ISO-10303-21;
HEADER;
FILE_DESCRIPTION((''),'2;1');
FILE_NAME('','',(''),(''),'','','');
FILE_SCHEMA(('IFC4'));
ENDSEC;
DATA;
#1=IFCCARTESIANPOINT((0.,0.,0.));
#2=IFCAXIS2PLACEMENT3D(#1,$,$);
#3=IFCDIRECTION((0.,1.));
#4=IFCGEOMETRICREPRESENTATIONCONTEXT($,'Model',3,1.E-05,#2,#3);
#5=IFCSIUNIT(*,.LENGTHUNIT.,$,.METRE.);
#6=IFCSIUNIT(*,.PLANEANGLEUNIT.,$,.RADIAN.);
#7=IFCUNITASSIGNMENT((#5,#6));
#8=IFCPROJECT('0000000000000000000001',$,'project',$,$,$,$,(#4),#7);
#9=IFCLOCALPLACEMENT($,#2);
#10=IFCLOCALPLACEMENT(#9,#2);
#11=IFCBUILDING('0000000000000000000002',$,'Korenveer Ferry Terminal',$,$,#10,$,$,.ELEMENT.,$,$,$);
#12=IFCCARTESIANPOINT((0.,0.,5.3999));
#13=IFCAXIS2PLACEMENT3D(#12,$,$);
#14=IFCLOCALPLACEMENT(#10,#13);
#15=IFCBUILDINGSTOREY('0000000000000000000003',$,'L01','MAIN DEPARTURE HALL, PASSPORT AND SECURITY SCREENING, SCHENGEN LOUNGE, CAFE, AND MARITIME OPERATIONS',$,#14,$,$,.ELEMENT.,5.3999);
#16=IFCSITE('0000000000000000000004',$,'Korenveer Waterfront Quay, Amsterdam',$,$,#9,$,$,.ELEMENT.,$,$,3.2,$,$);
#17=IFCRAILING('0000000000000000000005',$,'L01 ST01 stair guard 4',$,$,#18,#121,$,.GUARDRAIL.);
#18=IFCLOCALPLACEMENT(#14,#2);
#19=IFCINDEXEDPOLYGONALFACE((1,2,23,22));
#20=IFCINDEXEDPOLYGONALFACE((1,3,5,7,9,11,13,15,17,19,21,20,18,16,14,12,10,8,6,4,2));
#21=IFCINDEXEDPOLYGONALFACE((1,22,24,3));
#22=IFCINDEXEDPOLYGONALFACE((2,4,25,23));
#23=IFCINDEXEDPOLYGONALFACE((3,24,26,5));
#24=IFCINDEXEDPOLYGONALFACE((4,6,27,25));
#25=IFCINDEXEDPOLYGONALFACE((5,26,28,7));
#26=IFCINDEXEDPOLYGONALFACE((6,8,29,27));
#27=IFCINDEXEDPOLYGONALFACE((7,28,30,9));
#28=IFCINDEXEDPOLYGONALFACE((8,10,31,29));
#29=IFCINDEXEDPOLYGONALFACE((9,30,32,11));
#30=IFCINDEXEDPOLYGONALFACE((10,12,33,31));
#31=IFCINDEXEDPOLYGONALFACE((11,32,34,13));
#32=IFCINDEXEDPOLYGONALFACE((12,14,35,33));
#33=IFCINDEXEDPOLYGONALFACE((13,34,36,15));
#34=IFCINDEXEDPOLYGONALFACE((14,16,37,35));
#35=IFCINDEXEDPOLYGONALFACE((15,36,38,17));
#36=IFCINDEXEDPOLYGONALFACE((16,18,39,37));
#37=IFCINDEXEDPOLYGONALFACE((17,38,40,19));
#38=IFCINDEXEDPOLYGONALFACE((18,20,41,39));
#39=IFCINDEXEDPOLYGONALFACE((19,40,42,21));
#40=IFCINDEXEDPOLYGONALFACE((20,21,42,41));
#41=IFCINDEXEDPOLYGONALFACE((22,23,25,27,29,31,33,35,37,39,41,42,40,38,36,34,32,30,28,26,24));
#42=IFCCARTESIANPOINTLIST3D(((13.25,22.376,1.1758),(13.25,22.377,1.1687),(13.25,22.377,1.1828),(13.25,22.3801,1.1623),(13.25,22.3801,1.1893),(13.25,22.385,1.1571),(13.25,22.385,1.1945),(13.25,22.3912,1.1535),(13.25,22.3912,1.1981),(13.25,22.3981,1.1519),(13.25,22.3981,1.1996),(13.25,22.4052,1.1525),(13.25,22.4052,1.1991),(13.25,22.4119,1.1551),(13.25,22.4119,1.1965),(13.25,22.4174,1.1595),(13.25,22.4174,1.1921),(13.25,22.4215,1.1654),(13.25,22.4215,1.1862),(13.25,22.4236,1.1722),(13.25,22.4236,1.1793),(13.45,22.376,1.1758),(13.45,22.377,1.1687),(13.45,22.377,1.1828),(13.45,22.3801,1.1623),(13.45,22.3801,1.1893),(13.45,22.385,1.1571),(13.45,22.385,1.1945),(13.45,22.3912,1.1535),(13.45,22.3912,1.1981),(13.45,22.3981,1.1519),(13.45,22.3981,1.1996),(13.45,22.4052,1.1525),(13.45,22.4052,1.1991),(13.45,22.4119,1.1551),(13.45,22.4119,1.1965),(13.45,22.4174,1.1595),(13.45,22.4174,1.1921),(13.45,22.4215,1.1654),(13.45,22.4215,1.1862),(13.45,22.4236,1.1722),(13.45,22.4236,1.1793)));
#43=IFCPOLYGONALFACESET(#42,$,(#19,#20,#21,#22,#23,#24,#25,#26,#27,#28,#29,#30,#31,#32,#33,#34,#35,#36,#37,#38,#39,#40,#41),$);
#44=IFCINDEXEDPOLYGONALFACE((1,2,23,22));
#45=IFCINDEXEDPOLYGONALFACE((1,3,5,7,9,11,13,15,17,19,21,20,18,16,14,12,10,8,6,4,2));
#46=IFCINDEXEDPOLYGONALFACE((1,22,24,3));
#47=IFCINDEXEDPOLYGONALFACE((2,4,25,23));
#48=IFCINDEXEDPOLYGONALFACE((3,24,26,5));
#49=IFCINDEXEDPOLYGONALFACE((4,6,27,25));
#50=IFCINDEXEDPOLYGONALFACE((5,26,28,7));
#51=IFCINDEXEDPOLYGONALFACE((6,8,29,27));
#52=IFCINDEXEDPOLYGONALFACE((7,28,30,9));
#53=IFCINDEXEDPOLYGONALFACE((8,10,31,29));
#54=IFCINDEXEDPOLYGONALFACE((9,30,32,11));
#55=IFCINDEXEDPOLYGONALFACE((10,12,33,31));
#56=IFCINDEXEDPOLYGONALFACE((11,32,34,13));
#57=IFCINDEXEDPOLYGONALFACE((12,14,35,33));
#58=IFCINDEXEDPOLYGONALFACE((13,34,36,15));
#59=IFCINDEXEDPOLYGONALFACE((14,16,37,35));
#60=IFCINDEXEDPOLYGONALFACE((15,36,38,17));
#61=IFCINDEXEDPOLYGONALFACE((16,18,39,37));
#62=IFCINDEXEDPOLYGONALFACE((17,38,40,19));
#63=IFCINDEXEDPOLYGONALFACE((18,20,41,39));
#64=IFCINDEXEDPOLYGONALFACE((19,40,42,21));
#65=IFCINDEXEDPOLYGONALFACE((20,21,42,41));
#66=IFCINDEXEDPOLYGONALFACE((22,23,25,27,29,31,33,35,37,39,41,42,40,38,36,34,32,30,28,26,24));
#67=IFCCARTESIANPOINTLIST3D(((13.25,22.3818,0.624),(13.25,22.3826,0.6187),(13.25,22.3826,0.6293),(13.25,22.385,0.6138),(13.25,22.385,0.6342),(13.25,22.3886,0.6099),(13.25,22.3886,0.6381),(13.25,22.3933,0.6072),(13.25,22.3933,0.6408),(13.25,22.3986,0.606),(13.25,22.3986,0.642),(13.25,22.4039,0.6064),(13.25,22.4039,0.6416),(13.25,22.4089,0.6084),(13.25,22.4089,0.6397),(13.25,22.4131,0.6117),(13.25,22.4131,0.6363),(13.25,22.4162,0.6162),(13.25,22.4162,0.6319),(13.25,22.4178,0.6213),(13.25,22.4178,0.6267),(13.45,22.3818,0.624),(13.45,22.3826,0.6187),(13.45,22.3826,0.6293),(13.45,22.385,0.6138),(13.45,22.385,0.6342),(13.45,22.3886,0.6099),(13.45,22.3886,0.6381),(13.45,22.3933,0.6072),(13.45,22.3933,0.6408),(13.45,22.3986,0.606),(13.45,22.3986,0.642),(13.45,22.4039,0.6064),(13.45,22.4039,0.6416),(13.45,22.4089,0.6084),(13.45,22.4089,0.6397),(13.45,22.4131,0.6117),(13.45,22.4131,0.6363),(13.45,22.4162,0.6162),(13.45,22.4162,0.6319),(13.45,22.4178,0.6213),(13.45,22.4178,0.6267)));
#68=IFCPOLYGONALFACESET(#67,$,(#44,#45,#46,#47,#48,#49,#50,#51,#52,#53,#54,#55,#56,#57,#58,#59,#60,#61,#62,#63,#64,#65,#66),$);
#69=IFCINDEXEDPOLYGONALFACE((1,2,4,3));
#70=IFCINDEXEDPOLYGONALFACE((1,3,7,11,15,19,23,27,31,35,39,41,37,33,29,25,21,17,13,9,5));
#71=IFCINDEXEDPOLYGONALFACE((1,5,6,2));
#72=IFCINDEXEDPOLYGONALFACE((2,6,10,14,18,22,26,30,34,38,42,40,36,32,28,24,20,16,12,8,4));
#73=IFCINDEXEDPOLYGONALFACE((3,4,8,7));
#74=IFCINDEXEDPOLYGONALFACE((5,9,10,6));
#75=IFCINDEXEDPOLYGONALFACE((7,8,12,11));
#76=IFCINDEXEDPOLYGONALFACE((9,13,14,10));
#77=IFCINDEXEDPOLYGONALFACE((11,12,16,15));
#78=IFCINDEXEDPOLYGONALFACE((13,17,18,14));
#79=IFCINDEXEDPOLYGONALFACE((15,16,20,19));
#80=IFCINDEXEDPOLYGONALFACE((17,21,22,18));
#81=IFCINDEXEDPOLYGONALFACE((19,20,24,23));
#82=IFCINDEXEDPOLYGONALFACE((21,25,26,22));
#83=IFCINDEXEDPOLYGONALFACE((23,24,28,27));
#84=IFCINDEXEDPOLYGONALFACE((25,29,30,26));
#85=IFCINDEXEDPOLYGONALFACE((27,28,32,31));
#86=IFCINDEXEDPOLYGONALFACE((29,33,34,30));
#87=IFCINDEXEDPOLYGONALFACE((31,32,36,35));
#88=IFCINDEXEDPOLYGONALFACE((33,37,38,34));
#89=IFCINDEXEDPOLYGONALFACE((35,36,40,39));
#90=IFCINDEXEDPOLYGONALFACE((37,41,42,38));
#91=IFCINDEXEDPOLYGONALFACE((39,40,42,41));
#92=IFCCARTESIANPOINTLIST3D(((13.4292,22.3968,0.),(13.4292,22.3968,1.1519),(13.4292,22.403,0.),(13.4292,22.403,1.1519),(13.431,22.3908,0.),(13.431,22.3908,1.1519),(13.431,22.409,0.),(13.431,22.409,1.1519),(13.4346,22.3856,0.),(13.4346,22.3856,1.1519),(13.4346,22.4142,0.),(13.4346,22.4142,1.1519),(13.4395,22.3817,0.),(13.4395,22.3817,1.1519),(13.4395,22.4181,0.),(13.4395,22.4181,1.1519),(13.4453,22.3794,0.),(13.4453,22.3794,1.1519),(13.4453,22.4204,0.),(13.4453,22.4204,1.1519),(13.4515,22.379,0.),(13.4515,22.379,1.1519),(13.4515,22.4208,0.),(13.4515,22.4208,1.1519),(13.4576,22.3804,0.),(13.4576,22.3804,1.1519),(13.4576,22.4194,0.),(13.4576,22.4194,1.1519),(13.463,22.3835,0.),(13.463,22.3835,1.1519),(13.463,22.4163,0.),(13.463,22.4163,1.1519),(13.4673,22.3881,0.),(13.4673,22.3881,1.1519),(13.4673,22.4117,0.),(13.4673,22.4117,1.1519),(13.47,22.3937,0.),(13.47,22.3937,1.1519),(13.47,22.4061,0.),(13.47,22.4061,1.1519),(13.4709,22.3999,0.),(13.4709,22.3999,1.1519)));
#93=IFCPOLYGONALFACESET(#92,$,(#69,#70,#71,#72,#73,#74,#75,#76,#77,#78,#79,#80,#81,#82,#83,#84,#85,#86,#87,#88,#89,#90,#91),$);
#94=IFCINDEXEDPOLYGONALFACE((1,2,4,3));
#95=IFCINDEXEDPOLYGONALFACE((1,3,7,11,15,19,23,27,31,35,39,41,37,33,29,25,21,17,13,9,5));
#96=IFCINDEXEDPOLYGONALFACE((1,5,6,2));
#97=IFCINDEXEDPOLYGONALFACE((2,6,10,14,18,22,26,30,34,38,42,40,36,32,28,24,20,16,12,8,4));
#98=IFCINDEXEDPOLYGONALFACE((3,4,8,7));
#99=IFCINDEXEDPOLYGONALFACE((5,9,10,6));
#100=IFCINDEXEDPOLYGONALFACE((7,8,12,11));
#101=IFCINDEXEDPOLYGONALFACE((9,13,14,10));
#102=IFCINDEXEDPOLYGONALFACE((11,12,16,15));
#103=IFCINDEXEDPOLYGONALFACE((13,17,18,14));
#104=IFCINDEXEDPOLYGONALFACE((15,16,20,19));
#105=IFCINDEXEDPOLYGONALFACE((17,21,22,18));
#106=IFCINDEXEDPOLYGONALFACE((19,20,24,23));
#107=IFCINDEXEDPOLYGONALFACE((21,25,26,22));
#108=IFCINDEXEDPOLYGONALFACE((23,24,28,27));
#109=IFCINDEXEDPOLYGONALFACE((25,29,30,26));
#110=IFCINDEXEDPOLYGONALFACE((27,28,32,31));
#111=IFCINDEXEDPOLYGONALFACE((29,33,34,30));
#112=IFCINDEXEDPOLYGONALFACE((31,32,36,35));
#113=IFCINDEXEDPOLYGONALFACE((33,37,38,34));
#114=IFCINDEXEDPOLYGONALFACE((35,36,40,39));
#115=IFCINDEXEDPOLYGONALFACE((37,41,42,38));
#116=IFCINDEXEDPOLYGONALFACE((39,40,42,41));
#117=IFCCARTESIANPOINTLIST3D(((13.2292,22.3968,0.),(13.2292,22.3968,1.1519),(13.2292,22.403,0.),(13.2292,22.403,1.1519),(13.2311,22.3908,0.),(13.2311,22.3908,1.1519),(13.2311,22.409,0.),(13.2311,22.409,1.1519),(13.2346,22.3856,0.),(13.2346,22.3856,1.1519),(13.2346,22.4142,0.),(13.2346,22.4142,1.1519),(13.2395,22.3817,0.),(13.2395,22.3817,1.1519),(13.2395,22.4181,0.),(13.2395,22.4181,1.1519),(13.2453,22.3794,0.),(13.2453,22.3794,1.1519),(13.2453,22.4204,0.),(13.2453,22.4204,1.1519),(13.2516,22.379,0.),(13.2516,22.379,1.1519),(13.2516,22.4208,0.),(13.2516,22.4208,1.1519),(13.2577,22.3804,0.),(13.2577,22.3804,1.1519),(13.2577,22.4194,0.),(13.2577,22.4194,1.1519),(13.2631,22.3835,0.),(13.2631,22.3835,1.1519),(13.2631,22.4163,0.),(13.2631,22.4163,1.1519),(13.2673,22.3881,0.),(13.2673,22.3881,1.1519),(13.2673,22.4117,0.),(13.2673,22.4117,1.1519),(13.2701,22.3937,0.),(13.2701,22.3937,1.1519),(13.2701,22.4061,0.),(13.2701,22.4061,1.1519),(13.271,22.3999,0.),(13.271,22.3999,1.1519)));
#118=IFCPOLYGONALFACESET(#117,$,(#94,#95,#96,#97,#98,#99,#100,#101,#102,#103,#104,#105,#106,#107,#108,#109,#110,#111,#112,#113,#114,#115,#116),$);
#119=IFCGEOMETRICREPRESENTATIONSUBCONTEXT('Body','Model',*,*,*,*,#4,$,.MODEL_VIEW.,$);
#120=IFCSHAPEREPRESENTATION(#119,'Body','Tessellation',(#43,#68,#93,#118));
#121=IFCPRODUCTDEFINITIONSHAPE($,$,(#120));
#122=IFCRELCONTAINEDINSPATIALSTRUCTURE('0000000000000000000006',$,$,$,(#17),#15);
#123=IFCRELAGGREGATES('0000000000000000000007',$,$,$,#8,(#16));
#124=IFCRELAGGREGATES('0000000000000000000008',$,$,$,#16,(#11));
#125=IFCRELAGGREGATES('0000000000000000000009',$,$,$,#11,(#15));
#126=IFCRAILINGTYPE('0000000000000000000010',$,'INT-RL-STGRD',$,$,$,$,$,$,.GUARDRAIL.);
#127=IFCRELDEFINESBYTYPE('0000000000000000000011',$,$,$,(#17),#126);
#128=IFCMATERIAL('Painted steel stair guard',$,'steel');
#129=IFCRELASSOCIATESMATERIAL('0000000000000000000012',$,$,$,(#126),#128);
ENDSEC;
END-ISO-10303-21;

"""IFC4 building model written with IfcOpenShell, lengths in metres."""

from ifc_helpers import new_model, si_unit, direction, frame, origin, origin_2d, place, context, subcontext, project, spatial, circle, extrude, material, type_object, element, save


model = new_model("IFC4")

# Units and contexts
model_context = context("Model", 3, precision=1e-05, world=origin(), true_north=direction((0.0, 1.0)))
body_context = subcontext(model_context, "Body", "Model", "MODEL_VIEW")
ifc_project = project(units=[si_unit("LENGTHUNIT", "METRE"), si_unit("PLANEANGLEUNIT", "RADIAN")], contexts=[model_context])

# Site, building, storey
site_placement = place(None, origin())
site = spatial("IfcSite", under=ifc_project, at=site_placement, Name="Korenveer Waterfront Quay, Amsterdam", CompositionType="ELEMENT", RefElevation=3.2)
building_placement = place(site_placement, origin())
building = spatial("IfcBuilding", under=site, at=building_placement, Name="Korenveer Ferry Terminal", CompositionType="ELEMENT")
storey_placement = place(building_placement, frame((0.0, 0.0, 5.3999)))
storey = spatial("IfcBuildingStorey", under=building, at=storey_placement, Name="L01", Description="MAIN DEPARTURE HALL, PASSPORT AND SECURITY SCREENING, SCHENGEN LOUNGE, CAFE, AND MARITIME OPERATIONS", CompositionType="ELEMENT", Elevation=5.3999)

# Railing
ifc_material_1 = material(Name="Painted steel stair guard", Category="steel")
railing_type_1 = type_object("IfcRailingType", Name="INT-RL-STGRD", PredefinedType="GUARDRAIL", material=ifc_material_1)
railing_1_placement = place(storey_placement, frame((13.45, 22.3999, 0.0)))
element("IfcRailing", 1, at=railing_1_placement, inside=storey, type_object=railing_type_1, Name="L01 ST01 stair guard 4", PredefinedType="GUARDRAIL", context=body_context, shape_type="SweptSolid", body=[
    extrude(circle(Radius=0.0239, at=origin_2d()), frame((0.0, 0.0, 1.1758), z_axis=(-1.0, 0.0, 0.0), x_axis=(0.0, -1.0, 0.0)), (0.0, 0.0, 1.0), 0.2),
    extrude(circle(Radius=0.0181, at=origin_2d()), frame((0.0, 0.0, 0.624), z_axis=(-1.0, 0.0, 0.0), x_axis=(0.0, -1.0, 0.0)), (0.0, 0.0, 1.0), 0.2),
    extrude(circle(Radius=0.021, at=origin_2d()), origin(), (0.0, 0.0, 1.0), 1.1519),
    extrude(circle(Radius=0.021, at=origin_2d()), frame((-0.2, 0.0, 0.0)), (0.0, 0.0, 1.0), 1.1519),
])

save(model, "model.ifc")
